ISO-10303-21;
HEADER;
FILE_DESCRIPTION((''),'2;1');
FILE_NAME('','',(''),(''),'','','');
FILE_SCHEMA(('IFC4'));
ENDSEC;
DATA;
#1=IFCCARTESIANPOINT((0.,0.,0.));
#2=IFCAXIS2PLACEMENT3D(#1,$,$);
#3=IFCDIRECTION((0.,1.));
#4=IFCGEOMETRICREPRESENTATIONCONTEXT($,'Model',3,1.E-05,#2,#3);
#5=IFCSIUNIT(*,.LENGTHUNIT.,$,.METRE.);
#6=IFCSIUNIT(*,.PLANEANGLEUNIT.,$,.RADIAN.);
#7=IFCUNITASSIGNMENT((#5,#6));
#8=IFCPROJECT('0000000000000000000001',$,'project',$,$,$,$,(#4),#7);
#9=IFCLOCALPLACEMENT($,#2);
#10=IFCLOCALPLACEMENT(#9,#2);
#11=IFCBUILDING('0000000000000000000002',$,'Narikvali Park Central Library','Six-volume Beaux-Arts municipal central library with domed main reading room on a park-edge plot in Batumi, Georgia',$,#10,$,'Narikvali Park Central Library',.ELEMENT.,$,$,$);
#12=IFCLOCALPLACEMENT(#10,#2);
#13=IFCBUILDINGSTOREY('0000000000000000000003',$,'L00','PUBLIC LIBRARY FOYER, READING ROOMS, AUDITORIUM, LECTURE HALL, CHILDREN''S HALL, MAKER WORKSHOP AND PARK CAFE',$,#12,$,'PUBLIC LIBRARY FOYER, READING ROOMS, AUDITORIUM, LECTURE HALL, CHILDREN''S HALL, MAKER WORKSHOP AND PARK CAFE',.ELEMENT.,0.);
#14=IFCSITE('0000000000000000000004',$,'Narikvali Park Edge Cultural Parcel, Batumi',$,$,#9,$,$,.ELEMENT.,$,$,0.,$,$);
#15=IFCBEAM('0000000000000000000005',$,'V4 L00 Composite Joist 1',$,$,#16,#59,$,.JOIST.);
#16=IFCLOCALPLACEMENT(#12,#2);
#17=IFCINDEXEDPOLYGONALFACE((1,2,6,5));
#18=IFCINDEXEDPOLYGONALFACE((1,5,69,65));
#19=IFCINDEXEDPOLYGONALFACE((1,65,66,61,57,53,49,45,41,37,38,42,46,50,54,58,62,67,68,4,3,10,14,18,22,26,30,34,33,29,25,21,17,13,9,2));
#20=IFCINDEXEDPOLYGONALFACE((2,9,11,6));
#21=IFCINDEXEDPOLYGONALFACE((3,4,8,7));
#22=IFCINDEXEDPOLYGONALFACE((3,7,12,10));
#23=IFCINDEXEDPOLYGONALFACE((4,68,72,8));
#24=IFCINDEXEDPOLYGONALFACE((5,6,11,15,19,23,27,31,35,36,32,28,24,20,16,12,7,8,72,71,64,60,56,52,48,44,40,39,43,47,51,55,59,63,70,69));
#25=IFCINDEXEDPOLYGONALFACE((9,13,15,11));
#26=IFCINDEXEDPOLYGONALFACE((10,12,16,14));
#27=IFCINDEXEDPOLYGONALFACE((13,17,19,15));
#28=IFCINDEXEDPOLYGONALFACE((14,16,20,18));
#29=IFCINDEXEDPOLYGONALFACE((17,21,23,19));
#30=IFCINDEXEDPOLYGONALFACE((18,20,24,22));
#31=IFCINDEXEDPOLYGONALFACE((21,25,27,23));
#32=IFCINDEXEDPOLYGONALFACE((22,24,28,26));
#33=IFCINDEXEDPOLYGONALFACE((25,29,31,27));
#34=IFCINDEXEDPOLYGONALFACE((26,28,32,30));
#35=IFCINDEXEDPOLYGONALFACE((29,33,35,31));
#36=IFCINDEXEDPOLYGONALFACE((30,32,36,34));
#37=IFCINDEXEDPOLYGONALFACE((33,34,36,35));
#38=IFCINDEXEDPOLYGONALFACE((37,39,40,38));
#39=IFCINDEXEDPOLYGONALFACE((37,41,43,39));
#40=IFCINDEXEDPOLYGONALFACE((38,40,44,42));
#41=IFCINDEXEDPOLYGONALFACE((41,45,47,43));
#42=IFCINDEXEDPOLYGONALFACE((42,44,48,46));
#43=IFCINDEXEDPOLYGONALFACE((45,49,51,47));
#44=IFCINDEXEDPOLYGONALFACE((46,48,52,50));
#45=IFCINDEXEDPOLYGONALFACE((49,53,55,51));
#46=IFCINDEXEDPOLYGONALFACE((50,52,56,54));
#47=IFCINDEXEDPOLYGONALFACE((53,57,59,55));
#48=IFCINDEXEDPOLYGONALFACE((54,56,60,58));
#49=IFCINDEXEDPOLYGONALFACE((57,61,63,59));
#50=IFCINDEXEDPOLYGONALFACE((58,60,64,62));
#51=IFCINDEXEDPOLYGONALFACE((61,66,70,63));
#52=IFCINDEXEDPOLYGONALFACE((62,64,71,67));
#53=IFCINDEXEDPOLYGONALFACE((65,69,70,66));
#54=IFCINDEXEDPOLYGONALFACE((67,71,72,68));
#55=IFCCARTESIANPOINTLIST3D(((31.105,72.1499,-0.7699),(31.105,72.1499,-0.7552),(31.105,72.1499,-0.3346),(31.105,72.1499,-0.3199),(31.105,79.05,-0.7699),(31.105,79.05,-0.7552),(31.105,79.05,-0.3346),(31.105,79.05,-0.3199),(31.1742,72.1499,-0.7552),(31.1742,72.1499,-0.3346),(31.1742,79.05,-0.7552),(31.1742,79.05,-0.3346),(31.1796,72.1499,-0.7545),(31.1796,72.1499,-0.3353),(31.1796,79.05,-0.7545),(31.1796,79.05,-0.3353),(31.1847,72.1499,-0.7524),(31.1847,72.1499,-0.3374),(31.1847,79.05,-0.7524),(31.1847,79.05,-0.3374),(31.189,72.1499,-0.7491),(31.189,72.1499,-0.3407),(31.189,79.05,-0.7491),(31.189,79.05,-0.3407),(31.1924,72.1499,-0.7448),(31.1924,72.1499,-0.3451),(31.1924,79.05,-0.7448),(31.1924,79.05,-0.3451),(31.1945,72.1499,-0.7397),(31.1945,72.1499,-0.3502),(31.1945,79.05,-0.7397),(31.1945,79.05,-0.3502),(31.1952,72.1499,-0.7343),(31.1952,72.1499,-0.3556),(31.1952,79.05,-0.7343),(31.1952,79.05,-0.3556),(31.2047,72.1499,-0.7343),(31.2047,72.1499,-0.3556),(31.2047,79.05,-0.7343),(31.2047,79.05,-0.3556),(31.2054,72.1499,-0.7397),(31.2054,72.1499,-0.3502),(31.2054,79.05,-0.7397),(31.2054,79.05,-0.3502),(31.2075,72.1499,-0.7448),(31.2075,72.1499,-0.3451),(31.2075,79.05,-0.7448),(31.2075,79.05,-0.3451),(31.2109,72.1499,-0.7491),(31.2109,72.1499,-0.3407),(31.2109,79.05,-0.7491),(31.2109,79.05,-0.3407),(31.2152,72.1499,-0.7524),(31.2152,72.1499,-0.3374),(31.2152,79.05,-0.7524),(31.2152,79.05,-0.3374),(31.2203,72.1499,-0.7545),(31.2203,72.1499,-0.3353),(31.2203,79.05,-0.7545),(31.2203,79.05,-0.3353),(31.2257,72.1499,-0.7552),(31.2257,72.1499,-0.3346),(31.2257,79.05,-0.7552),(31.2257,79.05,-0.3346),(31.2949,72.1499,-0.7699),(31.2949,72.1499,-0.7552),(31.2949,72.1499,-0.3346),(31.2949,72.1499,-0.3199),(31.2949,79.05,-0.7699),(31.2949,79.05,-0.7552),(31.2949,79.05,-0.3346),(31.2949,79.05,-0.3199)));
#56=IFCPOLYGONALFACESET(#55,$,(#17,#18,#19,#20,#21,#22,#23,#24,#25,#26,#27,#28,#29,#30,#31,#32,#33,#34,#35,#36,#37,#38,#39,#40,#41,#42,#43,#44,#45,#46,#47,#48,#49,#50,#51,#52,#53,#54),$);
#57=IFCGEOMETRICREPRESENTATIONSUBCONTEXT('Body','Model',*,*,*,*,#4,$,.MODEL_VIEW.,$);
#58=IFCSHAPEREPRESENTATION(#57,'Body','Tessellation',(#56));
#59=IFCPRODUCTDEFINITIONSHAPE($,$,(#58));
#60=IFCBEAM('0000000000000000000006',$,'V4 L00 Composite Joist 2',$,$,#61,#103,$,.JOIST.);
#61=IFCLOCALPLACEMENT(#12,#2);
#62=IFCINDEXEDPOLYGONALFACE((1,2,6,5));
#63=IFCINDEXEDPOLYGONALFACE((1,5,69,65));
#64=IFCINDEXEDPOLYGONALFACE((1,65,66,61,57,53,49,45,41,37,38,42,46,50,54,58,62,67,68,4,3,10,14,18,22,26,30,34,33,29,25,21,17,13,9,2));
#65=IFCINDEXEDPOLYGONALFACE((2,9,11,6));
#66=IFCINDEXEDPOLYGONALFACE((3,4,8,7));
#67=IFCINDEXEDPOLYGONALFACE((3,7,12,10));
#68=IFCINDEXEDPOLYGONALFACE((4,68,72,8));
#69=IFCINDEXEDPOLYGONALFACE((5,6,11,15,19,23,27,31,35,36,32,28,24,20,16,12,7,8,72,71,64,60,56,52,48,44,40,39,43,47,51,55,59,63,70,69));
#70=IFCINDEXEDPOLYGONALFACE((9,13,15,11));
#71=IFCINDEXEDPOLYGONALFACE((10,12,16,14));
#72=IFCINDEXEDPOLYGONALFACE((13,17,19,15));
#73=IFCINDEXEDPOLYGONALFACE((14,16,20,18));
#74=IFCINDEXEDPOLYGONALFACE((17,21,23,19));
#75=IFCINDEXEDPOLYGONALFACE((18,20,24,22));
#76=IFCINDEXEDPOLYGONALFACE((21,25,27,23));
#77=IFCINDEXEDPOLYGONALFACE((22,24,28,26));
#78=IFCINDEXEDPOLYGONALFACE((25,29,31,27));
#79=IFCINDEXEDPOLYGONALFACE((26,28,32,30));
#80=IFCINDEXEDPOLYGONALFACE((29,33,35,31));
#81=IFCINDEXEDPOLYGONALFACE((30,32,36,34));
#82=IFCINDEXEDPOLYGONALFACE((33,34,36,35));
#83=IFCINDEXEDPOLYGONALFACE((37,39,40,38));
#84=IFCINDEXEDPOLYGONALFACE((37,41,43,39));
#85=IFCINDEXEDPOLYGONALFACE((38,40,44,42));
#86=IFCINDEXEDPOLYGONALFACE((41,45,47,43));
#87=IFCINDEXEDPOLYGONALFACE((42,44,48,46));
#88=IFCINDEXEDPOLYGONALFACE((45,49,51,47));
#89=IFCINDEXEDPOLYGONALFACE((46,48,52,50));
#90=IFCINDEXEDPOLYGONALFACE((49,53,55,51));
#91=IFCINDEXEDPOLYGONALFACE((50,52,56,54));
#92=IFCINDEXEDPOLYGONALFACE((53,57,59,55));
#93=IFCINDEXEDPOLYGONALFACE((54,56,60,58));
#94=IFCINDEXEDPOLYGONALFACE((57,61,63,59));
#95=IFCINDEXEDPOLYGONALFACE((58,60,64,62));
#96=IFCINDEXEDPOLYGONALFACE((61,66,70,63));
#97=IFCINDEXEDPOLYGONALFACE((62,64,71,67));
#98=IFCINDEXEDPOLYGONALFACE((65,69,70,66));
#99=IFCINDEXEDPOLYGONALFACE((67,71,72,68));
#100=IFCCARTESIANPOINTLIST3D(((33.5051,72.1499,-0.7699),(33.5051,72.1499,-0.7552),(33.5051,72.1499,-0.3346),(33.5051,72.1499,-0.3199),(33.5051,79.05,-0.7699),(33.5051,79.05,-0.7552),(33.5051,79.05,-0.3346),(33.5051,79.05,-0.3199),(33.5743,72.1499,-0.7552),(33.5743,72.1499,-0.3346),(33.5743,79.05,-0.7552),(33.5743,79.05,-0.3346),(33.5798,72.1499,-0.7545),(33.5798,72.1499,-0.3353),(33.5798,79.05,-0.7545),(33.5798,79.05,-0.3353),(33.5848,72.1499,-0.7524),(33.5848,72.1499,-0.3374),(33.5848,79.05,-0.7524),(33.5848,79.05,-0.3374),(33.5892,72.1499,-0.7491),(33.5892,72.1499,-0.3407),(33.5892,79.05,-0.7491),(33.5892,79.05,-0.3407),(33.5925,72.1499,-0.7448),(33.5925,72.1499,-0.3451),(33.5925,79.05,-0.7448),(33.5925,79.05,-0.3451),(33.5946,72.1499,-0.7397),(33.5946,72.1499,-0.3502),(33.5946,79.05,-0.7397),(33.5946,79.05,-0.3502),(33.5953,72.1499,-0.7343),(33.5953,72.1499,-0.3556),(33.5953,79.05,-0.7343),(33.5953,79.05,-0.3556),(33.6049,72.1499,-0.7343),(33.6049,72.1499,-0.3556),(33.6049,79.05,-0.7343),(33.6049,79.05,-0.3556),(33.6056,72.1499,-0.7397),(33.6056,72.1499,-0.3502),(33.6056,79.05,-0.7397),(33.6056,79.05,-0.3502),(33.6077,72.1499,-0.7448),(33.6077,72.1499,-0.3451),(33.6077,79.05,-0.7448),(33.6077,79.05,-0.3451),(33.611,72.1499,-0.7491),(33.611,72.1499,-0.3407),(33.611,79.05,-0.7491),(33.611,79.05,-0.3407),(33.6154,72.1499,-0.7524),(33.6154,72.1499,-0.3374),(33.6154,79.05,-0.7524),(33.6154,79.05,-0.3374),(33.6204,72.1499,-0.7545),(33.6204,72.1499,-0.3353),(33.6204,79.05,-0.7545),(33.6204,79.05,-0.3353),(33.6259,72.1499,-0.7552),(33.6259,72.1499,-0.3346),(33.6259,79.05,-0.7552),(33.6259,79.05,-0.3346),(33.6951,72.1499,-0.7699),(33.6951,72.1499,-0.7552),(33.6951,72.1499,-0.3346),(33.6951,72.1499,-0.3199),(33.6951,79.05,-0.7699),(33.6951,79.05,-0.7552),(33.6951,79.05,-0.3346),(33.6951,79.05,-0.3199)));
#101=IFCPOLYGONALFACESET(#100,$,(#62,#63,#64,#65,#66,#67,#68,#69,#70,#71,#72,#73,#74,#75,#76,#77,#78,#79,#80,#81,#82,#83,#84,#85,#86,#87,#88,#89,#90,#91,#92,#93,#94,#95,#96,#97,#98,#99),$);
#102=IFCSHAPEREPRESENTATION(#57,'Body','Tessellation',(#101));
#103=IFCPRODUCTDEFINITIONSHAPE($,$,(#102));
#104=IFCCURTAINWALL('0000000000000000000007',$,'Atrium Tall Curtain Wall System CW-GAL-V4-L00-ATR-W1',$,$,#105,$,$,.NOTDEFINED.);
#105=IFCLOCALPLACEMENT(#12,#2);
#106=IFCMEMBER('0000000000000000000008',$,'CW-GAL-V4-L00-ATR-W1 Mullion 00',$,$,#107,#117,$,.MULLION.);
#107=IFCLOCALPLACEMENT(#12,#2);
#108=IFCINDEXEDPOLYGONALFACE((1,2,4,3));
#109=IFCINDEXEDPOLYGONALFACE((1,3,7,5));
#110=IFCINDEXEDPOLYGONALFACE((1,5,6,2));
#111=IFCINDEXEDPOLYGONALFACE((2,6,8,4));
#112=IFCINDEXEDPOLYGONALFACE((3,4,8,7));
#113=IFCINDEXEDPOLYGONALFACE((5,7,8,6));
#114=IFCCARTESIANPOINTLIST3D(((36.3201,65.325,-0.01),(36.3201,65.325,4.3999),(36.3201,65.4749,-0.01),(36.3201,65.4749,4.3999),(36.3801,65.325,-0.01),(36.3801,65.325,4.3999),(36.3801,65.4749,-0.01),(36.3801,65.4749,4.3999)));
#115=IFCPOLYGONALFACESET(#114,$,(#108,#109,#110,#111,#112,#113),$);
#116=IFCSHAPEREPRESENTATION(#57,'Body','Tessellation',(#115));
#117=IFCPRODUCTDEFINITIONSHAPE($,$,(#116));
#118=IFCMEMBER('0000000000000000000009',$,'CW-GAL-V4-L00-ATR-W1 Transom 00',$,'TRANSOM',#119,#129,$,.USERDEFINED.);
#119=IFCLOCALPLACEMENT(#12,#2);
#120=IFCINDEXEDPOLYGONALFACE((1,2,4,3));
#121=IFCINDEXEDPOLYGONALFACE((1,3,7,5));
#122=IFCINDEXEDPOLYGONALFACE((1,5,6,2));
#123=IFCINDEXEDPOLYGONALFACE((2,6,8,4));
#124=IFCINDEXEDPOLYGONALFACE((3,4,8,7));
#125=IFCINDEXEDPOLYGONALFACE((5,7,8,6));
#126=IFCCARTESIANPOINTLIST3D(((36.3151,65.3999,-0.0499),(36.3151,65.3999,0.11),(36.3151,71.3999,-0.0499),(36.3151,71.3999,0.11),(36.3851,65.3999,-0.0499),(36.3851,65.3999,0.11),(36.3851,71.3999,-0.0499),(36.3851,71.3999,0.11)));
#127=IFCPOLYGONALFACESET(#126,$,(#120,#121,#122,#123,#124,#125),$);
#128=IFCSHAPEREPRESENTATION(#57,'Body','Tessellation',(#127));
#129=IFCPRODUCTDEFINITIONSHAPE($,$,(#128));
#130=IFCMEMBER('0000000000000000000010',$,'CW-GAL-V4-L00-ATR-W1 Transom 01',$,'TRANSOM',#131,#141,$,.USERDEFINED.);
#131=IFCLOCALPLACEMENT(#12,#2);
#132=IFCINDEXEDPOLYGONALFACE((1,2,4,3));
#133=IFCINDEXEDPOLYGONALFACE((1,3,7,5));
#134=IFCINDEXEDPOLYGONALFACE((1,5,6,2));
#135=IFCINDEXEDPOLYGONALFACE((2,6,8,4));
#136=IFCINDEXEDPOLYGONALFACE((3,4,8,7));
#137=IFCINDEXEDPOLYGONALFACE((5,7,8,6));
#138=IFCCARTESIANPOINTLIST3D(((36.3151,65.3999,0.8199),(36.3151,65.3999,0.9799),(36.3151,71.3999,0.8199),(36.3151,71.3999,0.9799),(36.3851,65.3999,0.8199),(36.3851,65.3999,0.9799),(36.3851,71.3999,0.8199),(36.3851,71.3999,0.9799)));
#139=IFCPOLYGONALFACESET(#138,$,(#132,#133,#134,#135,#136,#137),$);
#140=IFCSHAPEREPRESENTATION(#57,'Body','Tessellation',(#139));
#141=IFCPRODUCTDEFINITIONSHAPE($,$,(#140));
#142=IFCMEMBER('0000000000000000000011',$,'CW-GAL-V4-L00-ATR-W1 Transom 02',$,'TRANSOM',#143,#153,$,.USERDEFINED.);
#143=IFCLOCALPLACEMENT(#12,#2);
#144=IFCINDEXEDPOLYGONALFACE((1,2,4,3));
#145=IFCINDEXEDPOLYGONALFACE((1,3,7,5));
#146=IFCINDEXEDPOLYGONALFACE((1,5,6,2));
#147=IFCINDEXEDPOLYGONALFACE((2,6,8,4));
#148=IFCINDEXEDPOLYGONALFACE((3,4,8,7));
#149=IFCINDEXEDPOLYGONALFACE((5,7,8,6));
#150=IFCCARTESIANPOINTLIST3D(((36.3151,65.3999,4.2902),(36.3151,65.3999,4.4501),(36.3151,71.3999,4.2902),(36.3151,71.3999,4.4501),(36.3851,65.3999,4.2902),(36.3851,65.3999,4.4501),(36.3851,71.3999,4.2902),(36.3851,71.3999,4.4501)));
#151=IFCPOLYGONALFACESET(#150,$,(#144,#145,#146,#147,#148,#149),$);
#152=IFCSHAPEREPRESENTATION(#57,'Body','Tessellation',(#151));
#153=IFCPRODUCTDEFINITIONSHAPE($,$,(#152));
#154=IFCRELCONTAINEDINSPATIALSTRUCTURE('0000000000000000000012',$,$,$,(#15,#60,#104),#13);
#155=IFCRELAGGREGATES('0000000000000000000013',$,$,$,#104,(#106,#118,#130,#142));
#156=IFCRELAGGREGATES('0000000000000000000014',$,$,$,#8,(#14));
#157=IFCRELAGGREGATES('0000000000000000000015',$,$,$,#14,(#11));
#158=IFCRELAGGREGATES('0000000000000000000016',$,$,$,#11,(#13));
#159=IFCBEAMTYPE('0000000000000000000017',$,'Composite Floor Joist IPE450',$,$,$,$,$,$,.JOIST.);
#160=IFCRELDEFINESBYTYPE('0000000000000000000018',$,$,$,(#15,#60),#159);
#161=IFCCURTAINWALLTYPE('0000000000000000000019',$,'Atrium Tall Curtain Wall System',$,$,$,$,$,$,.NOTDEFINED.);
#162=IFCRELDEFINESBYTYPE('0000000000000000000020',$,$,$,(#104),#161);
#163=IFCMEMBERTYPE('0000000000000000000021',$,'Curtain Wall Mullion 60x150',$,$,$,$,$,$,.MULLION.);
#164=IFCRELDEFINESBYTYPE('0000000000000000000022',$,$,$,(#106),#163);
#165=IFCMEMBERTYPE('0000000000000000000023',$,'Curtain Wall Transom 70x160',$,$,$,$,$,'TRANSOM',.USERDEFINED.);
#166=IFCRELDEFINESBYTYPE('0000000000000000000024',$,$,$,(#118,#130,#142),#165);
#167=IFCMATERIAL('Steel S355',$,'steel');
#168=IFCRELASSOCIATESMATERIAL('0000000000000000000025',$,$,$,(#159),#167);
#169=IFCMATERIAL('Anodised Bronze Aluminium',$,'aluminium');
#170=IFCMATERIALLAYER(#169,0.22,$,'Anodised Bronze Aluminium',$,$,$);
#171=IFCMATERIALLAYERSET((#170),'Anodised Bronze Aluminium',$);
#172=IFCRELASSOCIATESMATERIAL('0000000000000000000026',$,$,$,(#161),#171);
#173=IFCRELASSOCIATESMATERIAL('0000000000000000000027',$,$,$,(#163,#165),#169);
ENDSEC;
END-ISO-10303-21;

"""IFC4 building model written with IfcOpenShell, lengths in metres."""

from ifc_helpers import new_model, si_unit, direction, frame, origin, origin_2d, place, context, subcontext, project, spatial, rectangle, i_section, extrude, material, layer, layer_set, material_profile, profile_set, type_object, element, aggregate, save


model = new_model("IFC4")

# Units and contexts
model_context = context("Model", 3, precision=1e-05, world=origin(), true_north=direction((0.0, 1.0)))
body_context = subcontext(model_context, "Body", "Model", "MODEL_VIEW")
ifc_project = project(units=[si_unit("LENGTHUNIT", "METRE"), si_unit("PLANEANGLEUNIT", "RADIAN")], contexts=[model_context])

# Site, building, storey
site_placement = place(None, origin())
site = spatial("IfcSite", under=ifc_project, at=site_placement, Name="Narikvali Park Edge Cultural Parcel, Batumi", CompositionType="ELEMENT", RefElevation=0.0)
building_placement = place(site_placement, origin())
building = spatial("IfcBuilding", under=site, at=building_placement, Name="Narikvali Park Central Library", Description="Six-volume Beaux-Arts municipal central library with domed main reading room on a park-edge plot in Batumi, Georgia", LongName="Narikvali Park Central Library", CompositionType="ELEMENT")
storey_placement = place(building_placement, origin())
storey = spatial("IfcBuildingStorey", under=building, at=storey_placement, Name="L00", Description="PUBLIC LIBRARY FOYER, READING ROOMS, AUDITORIUM, LECTURE HALL, CHILDREN'S HALL, MAKER WORKSHOP AND PARK CAFE", LongName="PUBLIC LIBRARY FOYER, READING ROOMS, AUDITORIUM, LECTURE HALL, CHILDREN'S HALL, MAKER WORKSHOP AND PARK CAFE", CompositionType="ELEMENT", Elevation=0.0)

# Shared definitions
ifc_material_1 = material(Name="Steel S355", Category="steel")

# Beams
ifc_material_profile_1 = material_profile(ifc_material_1, i_section(OverallWidth=0.1899, OverallDepth=0.45, WebThickness=0.0095, FlangeThickness=0.0146, FilletRadius=0.021, at=origin_2d()), Name="IPE 450")
ifc_profile_set_1 = profile_set([ifc_material_profile_1], Name="Steel S355")
beam_type_1 = type_object("IfcBeamType", Name="Composite Floor Joist IPE450", PredefinedType="JOIST", material=ifc_profile_set_1)
for number, where, z_axis, x_axis, name in (
    (1, (31.2, 72.1499, -0.5449), (0.0, 1.0, 0.0), (-1.0, 0.0, 0.0), "V4 L00 Composite Joist 1"),
    (2, (33.6001, 72.1499, -0.5449), (0.0, 1.0, 0.0), (-1.0, 0.0, 0.0), "V4 L00 Composite Joist 2"),
):
    element("IfcBeam", number, at=place(storey_placement, frame(where, z_axis=z_axis, x_axis=x_axis)), inside=storey, type_object=beam_type_1, Name=name, PredefinedType="JOIST", context=body_context, shape_type="SweptSolid", body=[
        extrude(i_section(OverallWidth=0.1899, OverallDepth=0.45, WebThickness=0.0095, FlangeThickness=0.0146, FilletRadius=0.021, at=origin_2d()), origin(), (0.0, 0.0, 1.0), 6.9001),
    ])

# Curtain wall, members
ifc_material_2 = material(Name="Anodised Bronze Aluminium", Category="aluminium")
ifc_layer_1 = layer(ifc_material_2, 0.22, Name="Anodised Bronze Aluminium")
ifc_layer_set_1 = layer_set([ifc_layer_1], Name="Anodised Bronze Aluminium")
curtain_wall_type = type_object("IfcCurtainWallType", Name="Atrium Tall Curtain Wall System", PredefinedType="NOTDEFINED", material=ifc_layer_set_1)
curtain_wall_placement = place(storey_placement, origin())
curtain_wall = element("IfcCurtainWall", 3, at=curtain_wall_placement, inside=storey, type_object=curtain_wall_type, Name="Atrium Tall Curtain Wall System CW-GAL-V4-L00-ATR-W1", PredefinedType="NOTDEFINED")
ifc_material_profile_2 = material_profile(ifc_material_2, rectangle(XDim=0.0601, YDim=0.1499, at=origin_2d()), Name="CW MULLION 60x150")
ifc_profile_set_2 = profile_set([ifc_material_profile_2], Name="Anodised Bronze Aluminium")
member_type_1 = type_object("IfcMemberType", Name="Curtain Wall Mullion 60x150", PredefinedType="MULLION", material=ifc_profile_set_2)
member_1_placement = place(storey_placement, frame((36.3501, 65.3999, -0.01), z_axis=(0.0, 0.0, 1.0), x_axis=(1.0, 0.0, 0.0)))
member_1 = element("IfcMember", 4, at=member_1_placement, type_object=member_type_1, Name="CW-GAL-V4-L00-ATR-W1 Mullion 00", PredefinedType="MULLION", context=body_context, shape_type="SweptSolid", body=[
    extrude(rectangle(XDim=0.0601, YDim=0.1499, at=origin_2d()), origin(), (0.0, 0.0, 1.0), 4.4099),
])
ifc_material_profile_3 = material_profile(ifc_material_2, rectangle(XDim=0.0701, YDim=0.1599, at=origin_2d()), Name="CW TRANSOM 70x160")
ifc_profile_set_3 = profile_set([ifc_material_profile_3], Name="Anodised Bronze Aluminium")
member_type_2 = type_object("IfcMemberType", Name="Curtain Wall Transom 70x160", ElementType="TRANSOM", PredefinedType="USERDEFINED", material=ifc_profile_set_3)
member_2_placement = place(storey_placement, frame((36.3501, 65.3999, 0.03), z_axis=(0.0, 1.0, 0.0), x_axis=(-1.0, 0.0, 0.0)))
member_2 = element("IfcMember", 5, at=member_2_placement, type_object=member_type_2, Name="CW-GAL-V4-L00-ATR-W1 Transom 00", ObjectType="TRANSOM", PredefinedType="USERDEFINED", context=body_context, shape_type="SweptSolid", body=[
    extrude(rectangle(XDim=0.0701, YDim=0.1599, at=origin_2d()), origin(), (0.0, 0.0, 1.0), 6.0),
])
member_3_placement = place(storey_placement, frame((36.3501, 65.3999, 0.8999), z_axis=(0.0, 1.0, 0.0), x_axis=(-1.0, 0.0, 0.0)))
member_3 = element("IfcMember", 6, at=member_3_placement, type_object=member_type_2, Name="CW-GAL-V4-L00-ATR-W1 Transom 01", ObjectType="TRANSOM", PredefinedType="USERDEFINED", context=body_context, shape_type="SweptSolid", body=[
    extrude(rectangle(XDim=0.0701, YDim=0.1599, at=origin_2d()), origin(), (0.0, 0.0, 1.0), 6.0),
])
member_4_placement = place(storey_placement, frame((36.3501, 65.3999, 4.3701), z_axis=(0.0, 1.0, 0.0), x_axis=(-1.0, 0.0, 0.0)))
member_4 = element("IfcMember", 7, at=member_4_placement, type_object=member_type_2, Name="CW-GAL-V4-L00-ATR-W1 Transom 02", ObjectType="TRANSOM", PredefinedType="USERDEFINED", context=body_context, shape_type="SweptSolid", body=[
    extrude(rectangle(XDim=0.0701, YDim=0.1599, at=origin_2d()), origin(), (0.0, 0.0, 1.0), 6.0),
])
aggregate(curtain_wall, [member_1, member_2, member_3, member_4])

save(model, "model.ifc")
